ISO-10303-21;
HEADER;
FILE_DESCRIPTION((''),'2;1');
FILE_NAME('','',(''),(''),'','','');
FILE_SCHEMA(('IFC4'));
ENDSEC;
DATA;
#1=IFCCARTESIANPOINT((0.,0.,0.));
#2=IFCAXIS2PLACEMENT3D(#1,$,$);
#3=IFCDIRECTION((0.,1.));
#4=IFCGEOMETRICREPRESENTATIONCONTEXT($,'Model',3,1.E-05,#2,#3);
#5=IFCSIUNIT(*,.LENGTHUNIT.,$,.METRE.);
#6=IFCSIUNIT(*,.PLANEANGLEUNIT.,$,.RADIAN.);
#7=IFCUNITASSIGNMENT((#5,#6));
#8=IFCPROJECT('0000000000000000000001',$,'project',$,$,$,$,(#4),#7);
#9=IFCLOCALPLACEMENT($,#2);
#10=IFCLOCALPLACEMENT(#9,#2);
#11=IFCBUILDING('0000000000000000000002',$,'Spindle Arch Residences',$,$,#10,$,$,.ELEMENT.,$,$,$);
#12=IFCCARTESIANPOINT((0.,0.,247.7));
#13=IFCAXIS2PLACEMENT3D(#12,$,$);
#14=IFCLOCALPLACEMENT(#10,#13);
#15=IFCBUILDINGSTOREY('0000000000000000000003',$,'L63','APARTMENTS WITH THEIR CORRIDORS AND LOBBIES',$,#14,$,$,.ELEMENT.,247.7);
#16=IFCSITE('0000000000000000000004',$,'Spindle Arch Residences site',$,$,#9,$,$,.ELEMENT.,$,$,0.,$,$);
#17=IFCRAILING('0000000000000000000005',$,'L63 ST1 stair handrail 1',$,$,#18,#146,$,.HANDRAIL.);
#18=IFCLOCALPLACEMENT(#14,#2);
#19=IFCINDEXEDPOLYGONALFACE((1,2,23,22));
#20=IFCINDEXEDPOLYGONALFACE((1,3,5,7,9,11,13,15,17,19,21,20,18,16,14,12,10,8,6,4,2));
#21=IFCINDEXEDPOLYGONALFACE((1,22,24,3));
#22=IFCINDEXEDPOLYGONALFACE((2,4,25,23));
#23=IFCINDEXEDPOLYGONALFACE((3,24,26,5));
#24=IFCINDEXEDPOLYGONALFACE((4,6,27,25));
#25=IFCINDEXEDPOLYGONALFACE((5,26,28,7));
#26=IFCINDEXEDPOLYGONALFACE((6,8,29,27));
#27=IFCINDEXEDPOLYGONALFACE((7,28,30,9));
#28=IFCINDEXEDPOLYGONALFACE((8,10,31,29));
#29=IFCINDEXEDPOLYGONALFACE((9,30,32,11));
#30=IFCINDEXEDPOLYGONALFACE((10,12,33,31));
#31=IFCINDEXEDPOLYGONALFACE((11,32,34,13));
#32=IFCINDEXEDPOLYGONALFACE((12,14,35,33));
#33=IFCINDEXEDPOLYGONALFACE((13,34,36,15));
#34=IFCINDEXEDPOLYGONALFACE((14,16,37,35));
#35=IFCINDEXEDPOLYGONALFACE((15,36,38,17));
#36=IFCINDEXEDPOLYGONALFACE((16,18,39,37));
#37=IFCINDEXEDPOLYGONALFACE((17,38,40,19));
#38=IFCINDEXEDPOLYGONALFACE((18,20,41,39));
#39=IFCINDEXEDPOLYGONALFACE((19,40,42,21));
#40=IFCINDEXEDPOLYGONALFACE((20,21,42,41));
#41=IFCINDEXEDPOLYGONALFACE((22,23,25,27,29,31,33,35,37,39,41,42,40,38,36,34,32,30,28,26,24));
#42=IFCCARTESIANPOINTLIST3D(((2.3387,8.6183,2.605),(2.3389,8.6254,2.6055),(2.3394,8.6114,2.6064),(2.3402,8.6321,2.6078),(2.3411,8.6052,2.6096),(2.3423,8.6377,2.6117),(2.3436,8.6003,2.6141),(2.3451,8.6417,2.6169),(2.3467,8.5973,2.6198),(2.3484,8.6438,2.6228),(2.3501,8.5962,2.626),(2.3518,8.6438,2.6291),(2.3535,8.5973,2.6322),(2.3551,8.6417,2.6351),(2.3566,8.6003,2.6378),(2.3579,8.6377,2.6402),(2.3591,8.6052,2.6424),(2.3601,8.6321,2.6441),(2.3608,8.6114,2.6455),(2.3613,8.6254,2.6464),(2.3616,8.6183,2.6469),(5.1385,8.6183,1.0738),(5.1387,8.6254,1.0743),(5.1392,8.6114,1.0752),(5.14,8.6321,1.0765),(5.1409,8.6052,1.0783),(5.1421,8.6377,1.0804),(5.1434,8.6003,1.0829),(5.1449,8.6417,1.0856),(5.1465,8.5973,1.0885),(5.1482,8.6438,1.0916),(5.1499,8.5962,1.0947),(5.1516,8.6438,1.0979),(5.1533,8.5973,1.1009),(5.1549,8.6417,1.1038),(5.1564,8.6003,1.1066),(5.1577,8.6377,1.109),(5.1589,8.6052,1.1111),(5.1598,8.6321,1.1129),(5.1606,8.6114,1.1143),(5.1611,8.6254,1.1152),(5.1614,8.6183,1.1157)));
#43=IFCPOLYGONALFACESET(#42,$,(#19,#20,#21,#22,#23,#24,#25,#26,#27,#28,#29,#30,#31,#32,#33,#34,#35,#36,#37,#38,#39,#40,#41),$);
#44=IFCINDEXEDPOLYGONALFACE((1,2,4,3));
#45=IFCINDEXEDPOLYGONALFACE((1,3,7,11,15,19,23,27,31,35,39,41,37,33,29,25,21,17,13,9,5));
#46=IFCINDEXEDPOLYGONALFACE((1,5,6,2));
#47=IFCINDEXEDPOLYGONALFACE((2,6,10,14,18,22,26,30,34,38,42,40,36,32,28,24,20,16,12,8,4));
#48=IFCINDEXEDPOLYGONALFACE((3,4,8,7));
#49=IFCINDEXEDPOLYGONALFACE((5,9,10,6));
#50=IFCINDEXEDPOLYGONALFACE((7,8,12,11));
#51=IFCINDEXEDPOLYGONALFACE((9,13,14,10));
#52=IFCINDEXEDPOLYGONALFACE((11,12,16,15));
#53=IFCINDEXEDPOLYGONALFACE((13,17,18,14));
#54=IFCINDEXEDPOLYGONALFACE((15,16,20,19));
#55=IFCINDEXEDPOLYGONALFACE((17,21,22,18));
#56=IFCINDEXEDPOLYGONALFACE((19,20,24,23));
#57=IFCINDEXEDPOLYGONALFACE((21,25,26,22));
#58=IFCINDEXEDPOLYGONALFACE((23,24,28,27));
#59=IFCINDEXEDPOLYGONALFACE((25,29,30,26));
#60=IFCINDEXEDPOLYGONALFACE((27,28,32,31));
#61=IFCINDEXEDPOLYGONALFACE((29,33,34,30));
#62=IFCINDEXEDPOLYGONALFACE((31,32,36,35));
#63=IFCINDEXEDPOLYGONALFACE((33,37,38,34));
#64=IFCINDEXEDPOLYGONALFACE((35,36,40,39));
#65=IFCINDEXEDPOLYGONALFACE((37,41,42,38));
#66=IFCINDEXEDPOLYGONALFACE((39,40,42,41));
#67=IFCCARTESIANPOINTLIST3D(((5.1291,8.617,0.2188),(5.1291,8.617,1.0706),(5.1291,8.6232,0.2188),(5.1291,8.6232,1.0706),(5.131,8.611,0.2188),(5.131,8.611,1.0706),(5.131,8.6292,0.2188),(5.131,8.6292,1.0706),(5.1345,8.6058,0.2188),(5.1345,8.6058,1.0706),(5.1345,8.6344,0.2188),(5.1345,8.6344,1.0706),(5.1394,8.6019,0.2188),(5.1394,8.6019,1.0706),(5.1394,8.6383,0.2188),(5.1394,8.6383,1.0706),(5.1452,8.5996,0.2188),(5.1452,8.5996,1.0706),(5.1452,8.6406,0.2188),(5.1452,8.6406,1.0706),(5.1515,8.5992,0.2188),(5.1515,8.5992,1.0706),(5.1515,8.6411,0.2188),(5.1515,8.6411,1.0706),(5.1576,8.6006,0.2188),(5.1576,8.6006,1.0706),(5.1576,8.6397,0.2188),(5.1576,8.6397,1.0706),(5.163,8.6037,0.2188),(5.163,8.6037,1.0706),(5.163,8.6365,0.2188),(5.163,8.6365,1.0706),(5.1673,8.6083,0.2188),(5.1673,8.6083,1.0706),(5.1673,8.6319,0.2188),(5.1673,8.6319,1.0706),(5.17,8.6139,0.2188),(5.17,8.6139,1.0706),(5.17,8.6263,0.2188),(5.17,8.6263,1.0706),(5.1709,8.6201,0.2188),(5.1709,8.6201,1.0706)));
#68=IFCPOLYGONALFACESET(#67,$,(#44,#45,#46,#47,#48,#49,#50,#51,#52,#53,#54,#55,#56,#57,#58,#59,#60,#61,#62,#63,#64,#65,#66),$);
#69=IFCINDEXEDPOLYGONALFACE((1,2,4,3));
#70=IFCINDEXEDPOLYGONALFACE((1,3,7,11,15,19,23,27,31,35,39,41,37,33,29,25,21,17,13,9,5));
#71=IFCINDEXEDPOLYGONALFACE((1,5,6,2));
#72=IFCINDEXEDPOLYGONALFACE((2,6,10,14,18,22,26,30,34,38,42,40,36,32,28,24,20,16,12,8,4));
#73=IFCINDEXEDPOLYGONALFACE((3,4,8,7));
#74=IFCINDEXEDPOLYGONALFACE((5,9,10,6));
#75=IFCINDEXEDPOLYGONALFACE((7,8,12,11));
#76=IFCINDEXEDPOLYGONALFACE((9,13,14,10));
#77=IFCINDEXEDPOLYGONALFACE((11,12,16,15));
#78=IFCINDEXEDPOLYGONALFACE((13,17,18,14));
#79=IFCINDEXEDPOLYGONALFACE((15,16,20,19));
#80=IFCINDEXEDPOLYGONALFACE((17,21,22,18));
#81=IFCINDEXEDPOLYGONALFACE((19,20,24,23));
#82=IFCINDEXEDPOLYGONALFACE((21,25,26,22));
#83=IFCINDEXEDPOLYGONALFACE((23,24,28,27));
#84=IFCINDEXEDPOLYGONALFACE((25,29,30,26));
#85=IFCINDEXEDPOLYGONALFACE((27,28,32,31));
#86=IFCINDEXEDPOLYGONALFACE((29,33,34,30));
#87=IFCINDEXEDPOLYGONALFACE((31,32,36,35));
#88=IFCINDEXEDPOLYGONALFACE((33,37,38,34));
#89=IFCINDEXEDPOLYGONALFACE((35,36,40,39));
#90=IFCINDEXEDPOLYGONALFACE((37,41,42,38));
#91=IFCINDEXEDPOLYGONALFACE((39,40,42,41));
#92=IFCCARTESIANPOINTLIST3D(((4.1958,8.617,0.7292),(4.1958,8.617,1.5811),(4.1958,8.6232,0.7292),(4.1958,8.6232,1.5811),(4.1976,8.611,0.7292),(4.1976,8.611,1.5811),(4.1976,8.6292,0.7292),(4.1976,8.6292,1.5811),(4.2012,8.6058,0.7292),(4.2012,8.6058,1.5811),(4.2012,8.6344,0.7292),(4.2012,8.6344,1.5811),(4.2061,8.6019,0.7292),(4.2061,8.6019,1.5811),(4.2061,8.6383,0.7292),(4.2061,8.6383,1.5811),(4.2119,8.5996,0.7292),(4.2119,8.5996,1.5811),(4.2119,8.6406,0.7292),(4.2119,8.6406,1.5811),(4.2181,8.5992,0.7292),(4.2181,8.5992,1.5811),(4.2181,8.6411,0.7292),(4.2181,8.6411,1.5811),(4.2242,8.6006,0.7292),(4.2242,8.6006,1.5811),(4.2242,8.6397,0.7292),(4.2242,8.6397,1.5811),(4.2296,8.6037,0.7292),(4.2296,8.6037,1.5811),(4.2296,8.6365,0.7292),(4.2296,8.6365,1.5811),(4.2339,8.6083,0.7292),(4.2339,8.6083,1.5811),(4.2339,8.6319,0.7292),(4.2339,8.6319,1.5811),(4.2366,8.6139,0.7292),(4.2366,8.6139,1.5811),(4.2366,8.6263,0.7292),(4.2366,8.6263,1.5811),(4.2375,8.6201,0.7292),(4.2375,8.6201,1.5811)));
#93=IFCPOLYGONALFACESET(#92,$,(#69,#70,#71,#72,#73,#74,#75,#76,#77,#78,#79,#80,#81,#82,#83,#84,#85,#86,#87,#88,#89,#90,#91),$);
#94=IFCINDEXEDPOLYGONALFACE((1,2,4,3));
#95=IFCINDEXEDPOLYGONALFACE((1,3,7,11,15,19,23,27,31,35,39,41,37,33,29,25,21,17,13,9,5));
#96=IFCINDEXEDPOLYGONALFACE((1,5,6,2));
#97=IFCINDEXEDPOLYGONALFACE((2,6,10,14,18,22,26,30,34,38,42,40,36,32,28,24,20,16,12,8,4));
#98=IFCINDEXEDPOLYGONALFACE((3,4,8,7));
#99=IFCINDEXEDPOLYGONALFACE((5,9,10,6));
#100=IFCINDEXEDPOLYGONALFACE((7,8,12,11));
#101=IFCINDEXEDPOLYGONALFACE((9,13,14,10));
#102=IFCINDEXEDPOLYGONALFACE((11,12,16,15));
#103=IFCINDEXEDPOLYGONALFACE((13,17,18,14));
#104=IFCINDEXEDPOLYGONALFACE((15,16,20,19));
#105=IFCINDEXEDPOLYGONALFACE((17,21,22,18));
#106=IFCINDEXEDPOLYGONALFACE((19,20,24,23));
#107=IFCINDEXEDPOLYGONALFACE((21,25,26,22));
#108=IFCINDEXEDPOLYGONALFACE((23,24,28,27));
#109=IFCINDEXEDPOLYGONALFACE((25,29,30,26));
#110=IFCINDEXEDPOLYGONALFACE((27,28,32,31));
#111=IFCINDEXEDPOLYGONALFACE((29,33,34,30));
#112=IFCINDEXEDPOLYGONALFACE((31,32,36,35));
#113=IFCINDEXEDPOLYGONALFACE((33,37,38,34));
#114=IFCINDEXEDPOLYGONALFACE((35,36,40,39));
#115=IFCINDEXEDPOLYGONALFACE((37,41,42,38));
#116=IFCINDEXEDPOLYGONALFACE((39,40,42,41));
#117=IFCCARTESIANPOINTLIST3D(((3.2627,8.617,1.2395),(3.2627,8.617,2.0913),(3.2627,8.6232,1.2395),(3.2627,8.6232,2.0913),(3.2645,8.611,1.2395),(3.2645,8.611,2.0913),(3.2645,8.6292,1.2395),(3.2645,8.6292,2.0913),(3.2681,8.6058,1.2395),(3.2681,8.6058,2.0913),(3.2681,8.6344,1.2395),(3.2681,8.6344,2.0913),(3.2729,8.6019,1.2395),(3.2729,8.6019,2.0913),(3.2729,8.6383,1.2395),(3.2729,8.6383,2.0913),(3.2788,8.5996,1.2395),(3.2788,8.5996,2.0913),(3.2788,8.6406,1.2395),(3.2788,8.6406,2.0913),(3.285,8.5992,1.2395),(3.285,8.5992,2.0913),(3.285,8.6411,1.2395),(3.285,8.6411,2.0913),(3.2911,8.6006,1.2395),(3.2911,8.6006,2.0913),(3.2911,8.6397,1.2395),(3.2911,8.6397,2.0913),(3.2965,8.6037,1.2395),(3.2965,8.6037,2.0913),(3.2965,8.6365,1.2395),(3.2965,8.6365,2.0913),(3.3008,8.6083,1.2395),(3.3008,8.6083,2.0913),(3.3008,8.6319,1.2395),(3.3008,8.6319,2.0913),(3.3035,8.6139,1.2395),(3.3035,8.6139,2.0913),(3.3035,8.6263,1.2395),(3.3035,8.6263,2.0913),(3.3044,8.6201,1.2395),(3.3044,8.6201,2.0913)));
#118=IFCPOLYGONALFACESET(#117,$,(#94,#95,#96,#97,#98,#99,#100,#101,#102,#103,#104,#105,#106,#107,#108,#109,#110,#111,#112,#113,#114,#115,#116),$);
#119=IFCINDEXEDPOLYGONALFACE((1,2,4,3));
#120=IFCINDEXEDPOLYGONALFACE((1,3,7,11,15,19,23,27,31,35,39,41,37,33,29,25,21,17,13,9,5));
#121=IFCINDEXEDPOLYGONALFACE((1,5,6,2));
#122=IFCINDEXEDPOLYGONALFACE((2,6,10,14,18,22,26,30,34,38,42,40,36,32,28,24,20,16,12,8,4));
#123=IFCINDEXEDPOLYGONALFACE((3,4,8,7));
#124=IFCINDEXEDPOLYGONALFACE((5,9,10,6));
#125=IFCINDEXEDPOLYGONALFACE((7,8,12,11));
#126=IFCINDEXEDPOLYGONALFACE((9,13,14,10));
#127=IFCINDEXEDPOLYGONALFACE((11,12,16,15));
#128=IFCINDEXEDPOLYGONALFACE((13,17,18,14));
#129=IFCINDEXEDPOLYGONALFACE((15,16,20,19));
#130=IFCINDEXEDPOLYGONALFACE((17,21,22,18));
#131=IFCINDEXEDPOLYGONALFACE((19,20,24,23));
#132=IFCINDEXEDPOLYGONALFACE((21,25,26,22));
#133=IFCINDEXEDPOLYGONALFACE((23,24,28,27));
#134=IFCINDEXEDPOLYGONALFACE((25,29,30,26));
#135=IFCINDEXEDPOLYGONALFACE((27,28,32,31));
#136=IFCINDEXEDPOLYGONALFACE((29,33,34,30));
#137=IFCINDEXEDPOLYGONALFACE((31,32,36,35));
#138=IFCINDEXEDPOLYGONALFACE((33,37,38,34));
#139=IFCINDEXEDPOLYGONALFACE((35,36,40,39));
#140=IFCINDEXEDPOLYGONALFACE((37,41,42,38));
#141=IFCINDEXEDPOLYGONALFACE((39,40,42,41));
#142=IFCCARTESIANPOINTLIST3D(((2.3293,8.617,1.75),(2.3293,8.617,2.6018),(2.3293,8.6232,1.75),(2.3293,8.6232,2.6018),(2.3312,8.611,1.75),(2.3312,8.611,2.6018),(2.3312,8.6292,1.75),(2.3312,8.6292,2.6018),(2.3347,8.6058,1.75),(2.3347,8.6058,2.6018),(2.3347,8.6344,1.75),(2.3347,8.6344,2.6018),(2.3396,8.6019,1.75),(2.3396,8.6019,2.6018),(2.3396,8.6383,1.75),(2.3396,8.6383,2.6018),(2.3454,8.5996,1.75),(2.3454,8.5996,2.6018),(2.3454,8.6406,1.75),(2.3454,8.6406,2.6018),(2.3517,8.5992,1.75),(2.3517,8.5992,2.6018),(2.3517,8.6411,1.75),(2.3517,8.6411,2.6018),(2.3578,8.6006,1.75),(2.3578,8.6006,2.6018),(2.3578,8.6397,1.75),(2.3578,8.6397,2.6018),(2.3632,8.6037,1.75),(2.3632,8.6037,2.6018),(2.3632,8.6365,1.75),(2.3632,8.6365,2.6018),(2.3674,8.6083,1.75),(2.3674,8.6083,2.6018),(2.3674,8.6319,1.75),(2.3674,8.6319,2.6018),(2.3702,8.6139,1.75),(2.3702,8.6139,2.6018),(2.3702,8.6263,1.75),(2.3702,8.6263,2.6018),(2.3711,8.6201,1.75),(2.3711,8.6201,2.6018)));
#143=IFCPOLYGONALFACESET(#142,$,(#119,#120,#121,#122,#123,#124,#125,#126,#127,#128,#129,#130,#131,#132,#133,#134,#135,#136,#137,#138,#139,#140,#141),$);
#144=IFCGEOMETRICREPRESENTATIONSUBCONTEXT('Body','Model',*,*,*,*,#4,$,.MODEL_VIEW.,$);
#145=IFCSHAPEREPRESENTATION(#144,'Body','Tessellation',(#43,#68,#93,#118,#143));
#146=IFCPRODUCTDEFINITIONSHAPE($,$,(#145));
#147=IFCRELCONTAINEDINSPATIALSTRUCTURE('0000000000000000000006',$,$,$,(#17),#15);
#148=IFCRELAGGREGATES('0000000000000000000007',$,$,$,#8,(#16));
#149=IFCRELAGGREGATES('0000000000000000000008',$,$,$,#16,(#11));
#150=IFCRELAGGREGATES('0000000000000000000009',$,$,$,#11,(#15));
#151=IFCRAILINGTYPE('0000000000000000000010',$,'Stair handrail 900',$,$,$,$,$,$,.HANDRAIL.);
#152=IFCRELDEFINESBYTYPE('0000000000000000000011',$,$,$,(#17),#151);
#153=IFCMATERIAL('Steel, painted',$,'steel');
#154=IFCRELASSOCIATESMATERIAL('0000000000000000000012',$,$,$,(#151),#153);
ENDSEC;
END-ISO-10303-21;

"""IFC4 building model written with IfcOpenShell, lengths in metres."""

from ifc_helpers import new_model, si_unit, direction, frame, origin, origin_2d, place, context, subcontext, project, spatial, circle, extrude, material, type_object, element, save


model = new_model("IFC4")

# Units and contexts
model_context = context("Model", 3, precision=1e-05, world=origin(), true_north=direction((0.0, 1.0)))
body_context = subcontext(model_context, "Body", "Model", "MODEL_VIEW")
ifc_project = project(units=[si_unit("LENGTHUNIT", "METRE"), si_unit("PLANEANGLEUNIT", "RADIAN")], contexts=[model_context])

# Site, building, storey
site_placement = place(None, origin())
site = spatial("IfcSite", under=ifc_project, at=site_placement, Name="Spindle Arch Residences site", CompositionType="ELEMENT", RefElevation=0.0)
building_placement = place(site_placement, origin())
building = spatial("IfcBuilding", under=site, at=building_placement, Name="Spindle Arch Residences", CompositionType="ELEMENT")
storey_placement = place(building_placement, frame((0.0, 0.0, 247.7)))
storey = spatial("IfcBuildingStorey", under=building, at=storey_placement, Name="L63", Description="APARTMENTS WITH THEIR CORRIDORS AND LOBBIES", CompositionType="ELEMENT", Elevation=247.7)

# Railing
ifc_material_1 = material(Name="Steel, painted", Category="steel")
railing_type_1 = type_object("IfcRailingType", Name="Stair handrail 900", PredefinedType="HANDRAIL", material=ifc_material_1)
railing_1_placement = place(storey_placement, frame((5.1499, 8.6201, 0.2188)))
element("IfcRailing", 1, at=railing_1_placement, inside=storey, type_object=railing_type_1, Name="L63 ST1 stair handrail 1", PredefinedType="HANDRAIL", context=body_context, shape_type="SweptSolid", body=[
    extrude(circle(Radius=0.0239, at=origin_2d()), frame((0.0, 0.0, 0.876), z_axis=(-0.877357, 0.0, 0.479838), x_axis=(0.0, -1.0, 0.0)), (0.0, 0.0, 1.0), 3.1912),
    extrude(circle(Radius=0.021, at=origin_2d()), origin(), (0.0, 0.0, 1.0), 0.8518),
    extrude(circle(Radius=0.021, at=origin_2d()), frame((-0.9333, 0.0, 0.5105)), (0.0, 0.0, 1.0), 0.8518),
    extrude(circle(Radius=0.021, at=origin_2d()), frame((-1.8665, 0.0, 1.0208)), (0.0, 0.0, 1.0), 0.8518),
    extrude(circle(Radius=0.021, at=origin_2d()), frame((-2.7998, 0.0, 1.5312)), (0.0, 0.0, 1.0), 0.8518),
])

save(model, "model.ifc")
